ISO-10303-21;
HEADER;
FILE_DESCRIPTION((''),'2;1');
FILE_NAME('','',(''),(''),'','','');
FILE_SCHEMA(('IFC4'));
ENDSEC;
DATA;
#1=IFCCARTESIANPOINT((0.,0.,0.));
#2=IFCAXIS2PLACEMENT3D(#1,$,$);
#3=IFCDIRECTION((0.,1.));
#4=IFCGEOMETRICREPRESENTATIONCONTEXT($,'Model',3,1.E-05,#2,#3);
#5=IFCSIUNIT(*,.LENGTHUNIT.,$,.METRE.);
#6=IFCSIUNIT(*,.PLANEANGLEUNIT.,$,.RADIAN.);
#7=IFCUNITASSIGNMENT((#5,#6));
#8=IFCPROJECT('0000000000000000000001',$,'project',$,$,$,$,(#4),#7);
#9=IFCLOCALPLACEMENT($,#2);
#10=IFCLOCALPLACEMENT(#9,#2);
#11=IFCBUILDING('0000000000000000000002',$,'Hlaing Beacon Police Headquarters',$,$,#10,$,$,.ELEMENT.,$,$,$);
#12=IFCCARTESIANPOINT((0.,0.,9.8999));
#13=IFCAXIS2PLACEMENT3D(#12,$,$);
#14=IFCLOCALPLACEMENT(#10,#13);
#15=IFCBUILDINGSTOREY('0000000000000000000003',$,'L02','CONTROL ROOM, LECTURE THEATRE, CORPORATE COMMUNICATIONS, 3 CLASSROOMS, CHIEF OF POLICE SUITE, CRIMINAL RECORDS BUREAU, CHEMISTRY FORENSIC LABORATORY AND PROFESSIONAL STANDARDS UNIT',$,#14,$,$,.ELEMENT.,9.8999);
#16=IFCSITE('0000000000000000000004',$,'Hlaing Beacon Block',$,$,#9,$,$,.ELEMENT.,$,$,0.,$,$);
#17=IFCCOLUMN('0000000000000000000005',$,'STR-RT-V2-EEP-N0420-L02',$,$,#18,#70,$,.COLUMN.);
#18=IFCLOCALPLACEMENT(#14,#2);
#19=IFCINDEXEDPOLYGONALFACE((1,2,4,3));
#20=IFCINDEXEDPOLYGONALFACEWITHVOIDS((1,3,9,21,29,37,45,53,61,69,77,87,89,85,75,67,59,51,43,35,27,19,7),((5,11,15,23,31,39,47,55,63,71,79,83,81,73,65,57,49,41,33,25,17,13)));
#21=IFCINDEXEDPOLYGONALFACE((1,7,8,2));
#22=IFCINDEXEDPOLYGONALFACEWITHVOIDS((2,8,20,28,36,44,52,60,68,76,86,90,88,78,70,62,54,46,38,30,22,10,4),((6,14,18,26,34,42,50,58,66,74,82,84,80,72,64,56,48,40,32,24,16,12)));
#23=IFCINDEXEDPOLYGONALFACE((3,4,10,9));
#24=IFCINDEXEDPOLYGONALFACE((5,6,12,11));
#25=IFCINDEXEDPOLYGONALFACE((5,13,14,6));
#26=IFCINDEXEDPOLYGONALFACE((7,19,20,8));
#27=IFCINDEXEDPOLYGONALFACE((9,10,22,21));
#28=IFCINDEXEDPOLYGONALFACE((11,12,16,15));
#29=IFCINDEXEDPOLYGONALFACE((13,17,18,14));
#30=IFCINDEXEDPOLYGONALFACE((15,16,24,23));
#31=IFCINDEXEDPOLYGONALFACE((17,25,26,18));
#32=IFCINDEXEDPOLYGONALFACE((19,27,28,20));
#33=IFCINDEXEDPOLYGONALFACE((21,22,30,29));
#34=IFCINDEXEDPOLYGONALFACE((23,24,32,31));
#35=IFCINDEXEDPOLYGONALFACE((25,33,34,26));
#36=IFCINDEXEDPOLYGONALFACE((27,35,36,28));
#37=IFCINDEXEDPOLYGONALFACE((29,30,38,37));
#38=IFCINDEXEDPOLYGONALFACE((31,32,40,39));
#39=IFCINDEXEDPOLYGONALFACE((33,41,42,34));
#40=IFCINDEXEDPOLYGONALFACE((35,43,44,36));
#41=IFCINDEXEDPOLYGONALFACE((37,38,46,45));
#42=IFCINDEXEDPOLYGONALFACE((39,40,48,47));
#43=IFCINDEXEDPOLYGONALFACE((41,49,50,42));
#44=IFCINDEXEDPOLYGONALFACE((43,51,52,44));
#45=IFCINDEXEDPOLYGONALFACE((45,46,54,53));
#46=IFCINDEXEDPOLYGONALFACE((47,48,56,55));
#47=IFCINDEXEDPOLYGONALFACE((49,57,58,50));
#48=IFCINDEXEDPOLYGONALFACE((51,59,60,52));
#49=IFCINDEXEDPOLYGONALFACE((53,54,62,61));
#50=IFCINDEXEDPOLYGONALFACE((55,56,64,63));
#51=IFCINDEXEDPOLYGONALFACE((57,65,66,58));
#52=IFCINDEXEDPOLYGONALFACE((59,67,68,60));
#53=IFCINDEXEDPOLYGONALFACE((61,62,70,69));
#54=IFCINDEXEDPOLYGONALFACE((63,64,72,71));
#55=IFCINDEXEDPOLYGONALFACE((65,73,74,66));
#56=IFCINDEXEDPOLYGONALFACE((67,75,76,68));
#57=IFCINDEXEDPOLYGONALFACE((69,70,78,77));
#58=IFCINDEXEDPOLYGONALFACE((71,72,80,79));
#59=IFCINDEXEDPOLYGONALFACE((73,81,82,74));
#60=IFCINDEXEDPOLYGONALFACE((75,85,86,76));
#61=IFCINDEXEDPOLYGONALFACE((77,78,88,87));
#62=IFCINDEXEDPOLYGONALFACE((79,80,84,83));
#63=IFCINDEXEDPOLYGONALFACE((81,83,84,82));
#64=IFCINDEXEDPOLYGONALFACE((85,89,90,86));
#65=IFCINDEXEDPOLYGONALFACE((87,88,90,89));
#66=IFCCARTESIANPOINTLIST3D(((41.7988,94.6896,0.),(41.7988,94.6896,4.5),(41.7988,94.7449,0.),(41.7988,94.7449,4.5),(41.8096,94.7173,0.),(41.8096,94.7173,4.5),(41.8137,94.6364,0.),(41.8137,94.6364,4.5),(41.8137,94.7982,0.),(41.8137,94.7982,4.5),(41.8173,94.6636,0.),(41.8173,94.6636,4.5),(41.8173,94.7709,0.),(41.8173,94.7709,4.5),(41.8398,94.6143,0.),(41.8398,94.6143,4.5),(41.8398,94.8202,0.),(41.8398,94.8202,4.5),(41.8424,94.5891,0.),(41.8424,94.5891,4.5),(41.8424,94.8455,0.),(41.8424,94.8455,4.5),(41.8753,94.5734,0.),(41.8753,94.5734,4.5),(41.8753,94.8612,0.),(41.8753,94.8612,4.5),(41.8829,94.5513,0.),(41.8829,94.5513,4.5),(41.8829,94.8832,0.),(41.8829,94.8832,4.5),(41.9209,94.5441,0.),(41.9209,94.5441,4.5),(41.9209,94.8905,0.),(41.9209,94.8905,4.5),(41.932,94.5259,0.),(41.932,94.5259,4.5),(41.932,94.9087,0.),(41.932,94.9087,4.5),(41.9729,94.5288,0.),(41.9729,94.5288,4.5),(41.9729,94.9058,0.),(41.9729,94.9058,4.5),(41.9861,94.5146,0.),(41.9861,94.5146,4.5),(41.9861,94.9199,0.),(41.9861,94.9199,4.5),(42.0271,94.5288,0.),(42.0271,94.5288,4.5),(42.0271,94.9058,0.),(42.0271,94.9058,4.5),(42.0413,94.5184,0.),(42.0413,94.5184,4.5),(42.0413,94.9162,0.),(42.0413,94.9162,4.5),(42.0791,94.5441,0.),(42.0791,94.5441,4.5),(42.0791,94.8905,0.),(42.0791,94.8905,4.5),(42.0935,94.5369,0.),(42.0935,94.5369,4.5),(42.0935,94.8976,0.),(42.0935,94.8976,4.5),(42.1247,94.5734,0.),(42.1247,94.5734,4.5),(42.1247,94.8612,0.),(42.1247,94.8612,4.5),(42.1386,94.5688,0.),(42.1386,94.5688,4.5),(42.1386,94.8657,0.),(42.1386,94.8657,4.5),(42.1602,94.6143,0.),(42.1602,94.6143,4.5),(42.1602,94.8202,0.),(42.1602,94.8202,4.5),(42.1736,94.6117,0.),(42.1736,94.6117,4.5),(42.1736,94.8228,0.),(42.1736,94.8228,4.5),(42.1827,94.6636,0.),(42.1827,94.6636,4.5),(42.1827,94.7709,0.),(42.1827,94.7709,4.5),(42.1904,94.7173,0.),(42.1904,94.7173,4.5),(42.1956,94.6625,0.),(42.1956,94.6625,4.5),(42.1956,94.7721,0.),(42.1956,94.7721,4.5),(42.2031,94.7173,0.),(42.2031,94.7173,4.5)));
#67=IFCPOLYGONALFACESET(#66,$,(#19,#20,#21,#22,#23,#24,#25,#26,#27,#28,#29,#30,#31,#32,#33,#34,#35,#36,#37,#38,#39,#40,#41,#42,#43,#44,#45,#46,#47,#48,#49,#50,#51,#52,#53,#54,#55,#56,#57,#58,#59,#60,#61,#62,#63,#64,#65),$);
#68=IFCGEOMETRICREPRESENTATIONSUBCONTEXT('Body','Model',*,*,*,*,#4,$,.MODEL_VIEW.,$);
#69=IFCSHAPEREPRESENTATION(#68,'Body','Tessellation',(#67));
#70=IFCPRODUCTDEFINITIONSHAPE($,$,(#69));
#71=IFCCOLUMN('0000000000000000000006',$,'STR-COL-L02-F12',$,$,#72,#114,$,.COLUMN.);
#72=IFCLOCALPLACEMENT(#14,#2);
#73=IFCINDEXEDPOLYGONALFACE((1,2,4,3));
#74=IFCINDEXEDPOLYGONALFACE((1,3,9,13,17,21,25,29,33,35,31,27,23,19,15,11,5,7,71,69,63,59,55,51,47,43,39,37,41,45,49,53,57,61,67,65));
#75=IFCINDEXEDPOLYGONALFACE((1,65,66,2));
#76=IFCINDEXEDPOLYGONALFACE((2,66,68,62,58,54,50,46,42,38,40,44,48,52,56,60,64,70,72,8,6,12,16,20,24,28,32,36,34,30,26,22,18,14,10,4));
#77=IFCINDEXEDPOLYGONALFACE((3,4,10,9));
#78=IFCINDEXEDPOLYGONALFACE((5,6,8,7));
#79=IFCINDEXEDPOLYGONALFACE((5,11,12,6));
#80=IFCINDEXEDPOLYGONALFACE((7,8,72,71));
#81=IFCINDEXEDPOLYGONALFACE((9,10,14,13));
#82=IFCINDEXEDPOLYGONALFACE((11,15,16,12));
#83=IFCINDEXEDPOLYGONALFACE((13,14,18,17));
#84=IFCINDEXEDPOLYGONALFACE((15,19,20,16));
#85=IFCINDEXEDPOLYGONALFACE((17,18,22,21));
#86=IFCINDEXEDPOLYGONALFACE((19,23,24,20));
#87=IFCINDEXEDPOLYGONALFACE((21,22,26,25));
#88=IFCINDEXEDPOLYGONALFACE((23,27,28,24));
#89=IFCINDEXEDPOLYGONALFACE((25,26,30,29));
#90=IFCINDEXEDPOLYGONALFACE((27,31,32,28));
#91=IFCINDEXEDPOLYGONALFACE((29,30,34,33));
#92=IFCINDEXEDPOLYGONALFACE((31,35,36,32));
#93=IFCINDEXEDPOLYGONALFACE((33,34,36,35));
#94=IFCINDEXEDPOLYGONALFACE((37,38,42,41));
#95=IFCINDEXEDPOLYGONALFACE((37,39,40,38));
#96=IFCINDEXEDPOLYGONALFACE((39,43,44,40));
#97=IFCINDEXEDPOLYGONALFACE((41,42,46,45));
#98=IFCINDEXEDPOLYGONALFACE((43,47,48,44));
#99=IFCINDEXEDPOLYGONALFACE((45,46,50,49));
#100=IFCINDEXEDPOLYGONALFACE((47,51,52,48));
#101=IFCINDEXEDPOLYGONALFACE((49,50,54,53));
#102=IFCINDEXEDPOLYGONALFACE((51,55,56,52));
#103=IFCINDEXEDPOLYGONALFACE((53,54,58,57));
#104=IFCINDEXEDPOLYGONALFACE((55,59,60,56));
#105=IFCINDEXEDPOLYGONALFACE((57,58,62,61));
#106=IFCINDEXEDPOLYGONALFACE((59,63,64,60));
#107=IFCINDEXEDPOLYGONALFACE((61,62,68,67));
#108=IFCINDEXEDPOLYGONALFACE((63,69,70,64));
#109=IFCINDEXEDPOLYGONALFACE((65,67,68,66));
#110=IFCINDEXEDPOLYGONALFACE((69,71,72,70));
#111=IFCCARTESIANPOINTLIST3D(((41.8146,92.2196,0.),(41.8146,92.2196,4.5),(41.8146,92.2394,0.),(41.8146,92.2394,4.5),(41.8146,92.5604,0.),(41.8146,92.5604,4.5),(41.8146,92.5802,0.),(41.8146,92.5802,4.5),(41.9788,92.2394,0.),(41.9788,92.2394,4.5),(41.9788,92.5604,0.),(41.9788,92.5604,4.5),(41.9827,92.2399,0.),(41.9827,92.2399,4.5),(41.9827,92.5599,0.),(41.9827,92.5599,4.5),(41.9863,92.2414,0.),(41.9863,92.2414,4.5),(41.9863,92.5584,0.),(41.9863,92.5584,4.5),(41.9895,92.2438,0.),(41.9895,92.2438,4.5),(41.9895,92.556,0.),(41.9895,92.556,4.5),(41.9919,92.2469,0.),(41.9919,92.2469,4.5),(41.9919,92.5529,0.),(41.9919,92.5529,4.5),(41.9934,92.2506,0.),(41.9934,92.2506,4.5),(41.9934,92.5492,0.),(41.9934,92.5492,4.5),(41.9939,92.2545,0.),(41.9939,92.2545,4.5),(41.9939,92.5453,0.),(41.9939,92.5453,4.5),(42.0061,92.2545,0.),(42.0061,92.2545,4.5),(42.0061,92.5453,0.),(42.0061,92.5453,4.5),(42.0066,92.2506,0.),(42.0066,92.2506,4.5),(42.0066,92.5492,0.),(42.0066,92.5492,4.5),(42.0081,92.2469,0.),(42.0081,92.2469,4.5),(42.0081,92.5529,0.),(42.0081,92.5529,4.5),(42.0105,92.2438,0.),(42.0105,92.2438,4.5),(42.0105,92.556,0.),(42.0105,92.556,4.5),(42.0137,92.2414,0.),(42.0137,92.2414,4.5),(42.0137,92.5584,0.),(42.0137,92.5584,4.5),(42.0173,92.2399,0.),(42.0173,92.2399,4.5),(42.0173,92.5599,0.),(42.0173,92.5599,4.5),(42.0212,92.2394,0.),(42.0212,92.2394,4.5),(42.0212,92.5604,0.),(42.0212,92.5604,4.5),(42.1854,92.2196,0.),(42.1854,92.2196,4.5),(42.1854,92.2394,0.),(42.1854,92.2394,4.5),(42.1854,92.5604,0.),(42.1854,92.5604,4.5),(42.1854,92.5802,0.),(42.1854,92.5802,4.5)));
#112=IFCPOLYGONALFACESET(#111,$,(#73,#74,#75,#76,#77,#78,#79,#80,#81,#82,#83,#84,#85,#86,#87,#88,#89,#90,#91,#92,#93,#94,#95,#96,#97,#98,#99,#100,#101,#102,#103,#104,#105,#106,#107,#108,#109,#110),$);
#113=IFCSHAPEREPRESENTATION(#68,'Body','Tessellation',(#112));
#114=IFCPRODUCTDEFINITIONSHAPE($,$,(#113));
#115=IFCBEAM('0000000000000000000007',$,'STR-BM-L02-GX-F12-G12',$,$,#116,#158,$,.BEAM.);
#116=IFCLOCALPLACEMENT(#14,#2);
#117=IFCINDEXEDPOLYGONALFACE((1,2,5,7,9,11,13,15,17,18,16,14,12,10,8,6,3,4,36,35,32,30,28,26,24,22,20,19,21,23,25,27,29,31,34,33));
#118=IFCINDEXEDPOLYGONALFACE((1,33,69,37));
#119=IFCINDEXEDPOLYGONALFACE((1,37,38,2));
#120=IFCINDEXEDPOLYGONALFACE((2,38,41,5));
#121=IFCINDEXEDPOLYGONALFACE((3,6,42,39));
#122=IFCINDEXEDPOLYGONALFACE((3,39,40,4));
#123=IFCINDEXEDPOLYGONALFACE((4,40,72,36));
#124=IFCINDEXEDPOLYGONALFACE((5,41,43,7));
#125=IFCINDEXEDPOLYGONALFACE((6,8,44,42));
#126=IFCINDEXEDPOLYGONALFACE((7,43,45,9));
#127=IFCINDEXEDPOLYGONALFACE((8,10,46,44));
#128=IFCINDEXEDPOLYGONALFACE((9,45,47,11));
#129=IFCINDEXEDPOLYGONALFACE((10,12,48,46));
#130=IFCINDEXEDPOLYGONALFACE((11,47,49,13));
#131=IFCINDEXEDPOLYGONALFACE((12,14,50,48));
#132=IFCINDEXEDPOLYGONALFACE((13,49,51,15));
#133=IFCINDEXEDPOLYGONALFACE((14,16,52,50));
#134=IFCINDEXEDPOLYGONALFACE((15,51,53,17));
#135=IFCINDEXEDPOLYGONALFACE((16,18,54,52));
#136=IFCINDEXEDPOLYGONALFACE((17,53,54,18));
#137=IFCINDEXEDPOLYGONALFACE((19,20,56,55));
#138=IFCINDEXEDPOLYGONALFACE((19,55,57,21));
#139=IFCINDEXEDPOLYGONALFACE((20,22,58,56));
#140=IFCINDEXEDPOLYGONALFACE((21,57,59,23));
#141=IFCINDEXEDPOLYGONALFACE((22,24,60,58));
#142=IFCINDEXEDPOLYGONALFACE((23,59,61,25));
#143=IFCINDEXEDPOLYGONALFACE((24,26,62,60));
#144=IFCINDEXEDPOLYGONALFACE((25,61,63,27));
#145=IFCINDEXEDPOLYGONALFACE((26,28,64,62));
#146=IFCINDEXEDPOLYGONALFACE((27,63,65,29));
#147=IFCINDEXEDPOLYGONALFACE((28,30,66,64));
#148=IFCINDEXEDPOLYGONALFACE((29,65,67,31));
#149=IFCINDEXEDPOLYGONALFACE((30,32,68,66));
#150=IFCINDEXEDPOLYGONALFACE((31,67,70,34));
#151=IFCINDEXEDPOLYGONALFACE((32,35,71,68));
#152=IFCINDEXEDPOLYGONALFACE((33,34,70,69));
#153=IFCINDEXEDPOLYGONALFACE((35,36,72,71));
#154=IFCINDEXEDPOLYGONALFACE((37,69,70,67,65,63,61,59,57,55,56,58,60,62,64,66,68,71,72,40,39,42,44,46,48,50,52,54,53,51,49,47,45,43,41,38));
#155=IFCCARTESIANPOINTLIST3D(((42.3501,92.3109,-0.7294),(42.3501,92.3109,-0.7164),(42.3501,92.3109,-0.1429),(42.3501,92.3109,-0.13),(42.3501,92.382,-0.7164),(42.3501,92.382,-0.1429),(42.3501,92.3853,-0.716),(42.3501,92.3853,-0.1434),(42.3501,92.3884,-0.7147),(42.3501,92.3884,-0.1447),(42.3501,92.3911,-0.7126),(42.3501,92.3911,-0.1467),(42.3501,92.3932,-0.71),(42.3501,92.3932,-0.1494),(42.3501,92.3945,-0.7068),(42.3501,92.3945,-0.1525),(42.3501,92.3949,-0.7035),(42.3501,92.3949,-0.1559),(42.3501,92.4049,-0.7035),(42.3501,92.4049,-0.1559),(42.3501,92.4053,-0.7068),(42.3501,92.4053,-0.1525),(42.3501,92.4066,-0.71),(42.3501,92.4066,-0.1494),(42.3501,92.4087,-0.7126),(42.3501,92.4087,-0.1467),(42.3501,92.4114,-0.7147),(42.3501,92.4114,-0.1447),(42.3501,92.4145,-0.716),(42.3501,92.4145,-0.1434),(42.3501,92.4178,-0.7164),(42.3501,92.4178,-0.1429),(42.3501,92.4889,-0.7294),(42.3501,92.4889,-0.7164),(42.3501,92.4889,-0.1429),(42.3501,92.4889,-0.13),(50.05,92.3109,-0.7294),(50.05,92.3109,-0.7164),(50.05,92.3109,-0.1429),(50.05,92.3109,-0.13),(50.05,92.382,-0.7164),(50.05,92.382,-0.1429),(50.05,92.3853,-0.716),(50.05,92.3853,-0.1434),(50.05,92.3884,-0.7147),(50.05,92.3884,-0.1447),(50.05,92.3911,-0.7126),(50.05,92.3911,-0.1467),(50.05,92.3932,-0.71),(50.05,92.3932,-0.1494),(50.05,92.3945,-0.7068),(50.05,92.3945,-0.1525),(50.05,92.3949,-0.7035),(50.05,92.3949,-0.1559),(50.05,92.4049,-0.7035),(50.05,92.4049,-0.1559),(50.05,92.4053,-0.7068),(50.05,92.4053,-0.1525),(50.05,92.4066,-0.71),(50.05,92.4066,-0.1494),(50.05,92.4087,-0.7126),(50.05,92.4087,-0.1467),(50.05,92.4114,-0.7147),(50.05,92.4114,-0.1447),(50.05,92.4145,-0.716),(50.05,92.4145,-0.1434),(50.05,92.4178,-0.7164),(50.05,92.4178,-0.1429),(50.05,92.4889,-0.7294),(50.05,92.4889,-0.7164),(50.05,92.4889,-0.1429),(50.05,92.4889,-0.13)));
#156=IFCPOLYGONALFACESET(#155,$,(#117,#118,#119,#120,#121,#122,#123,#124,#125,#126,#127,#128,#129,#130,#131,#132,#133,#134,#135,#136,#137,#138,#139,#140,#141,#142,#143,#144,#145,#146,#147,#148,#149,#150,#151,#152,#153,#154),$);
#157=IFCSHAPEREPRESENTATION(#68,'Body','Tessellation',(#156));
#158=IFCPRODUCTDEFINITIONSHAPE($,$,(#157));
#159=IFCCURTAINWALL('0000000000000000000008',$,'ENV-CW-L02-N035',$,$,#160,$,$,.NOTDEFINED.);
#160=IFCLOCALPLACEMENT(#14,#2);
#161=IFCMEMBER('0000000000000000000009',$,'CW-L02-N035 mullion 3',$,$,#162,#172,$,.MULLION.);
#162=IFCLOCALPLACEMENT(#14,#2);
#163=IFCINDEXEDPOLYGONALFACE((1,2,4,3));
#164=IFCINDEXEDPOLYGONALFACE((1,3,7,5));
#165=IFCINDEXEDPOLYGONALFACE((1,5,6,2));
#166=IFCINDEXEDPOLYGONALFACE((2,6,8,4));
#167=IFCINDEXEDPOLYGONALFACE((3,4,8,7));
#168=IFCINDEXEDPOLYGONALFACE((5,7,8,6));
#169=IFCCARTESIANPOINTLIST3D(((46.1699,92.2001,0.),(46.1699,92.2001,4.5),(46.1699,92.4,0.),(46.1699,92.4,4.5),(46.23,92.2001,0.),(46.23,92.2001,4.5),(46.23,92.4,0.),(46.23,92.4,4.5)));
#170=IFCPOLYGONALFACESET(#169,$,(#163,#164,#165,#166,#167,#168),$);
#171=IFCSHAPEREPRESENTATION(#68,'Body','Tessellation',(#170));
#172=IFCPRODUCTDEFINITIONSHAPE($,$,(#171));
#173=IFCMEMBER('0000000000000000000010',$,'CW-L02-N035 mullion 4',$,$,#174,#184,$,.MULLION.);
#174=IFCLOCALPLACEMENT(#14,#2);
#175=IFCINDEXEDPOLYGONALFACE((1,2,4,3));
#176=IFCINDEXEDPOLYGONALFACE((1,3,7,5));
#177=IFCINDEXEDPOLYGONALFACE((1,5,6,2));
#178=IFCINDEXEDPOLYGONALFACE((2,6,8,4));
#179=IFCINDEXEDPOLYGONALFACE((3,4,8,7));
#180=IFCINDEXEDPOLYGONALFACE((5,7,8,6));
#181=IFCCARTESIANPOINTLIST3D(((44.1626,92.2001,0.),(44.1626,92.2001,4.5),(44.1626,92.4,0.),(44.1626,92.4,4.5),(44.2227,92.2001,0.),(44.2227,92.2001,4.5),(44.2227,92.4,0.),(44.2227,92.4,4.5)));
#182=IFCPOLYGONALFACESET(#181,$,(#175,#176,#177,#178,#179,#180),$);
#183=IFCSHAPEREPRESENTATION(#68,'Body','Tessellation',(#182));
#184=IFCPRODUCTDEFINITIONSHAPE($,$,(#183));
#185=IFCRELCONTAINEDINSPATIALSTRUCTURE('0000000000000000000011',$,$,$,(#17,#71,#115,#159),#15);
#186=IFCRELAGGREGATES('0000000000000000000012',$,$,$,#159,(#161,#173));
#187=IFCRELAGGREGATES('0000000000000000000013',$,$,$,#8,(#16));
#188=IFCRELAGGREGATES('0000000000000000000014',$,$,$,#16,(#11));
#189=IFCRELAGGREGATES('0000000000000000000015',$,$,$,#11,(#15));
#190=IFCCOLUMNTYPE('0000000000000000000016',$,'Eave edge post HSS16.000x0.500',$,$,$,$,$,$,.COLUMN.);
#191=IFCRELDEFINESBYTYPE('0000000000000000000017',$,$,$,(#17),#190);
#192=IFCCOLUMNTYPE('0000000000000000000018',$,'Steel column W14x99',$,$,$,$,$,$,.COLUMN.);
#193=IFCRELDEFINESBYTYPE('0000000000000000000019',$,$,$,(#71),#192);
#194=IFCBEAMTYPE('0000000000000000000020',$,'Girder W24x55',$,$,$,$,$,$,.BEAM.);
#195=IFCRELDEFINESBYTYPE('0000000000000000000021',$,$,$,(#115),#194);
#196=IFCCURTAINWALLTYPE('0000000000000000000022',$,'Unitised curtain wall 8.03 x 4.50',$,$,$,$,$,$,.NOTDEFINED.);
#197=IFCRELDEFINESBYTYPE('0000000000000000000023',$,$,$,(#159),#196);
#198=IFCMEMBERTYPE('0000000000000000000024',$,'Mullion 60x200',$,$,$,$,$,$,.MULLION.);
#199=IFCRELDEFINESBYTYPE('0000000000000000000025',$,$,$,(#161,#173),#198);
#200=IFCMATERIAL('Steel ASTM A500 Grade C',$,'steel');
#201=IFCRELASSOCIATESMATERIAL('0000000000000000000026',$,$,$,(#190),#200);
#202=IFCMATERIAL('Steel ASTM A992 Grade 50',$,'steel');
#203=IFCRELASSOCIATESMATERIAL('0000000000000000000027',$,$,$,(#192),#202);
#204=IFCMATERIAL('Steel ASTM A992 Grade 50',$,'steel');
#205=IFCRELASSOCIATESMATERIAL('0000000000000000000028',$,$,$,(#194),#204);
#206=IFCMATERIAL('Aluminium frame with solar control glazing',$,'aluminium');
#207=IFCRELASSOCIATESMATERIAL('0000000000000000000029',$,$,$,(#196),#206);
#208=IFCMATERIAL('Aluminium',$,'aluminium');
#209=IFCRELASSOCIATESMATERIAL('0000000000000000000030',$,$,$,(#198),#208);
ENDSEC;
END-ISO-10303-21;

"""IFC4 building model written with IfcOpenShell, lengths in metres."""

from ifc_helpers import new_model, si_unit, direction, frame, origin, origin_2d, place, context, subcontext, project, spatial, rectangle, hollow_circle, i_section, extrude, material, material_profile, profile_set, type_object, element, aggregate, save


model = new_model("IFC4")

# Units and contexts
model_context = context("Model", 3, precision=1e-05, world=origin(), true_north=direction((0.0, 1.0)))
body_context = subcontext(model_context, "Body", "Model", "MODEL_VIEW")
ifc_project = project(units=[si_unit("LENGTHUNIT", "METRE"), si_unit("PLANEANGLEUNIT", "RADIAN")], contexts=[model_context])

# Site, building, storey
site_placement = place(None, origin())
site = spatial("IfcSite", under=ifc_project, at=site_placement, Name="Hlaing Beacon Block", CompositionType="ELEMENT", RefElevation=0.0)
building_placement = place(site_placement, origin())
building = spatial("IfcBuilding", under=site, at=building_placement, Name="Hlaing Beacon Police Headquarters", CompositionType="ELEMENT")
storey_placement = place(building_placement, frame((0.0, 0.0, 9.8999)))
storey = spatial("IfcBuildingStorey", under=building, at=storey_placement, Name="L02", Description="CONTROL ROOM, LECTURE THEATRE, CORPORATE COMMUNICATIONS, 3 CLASSROOMS, CHIEF OF POLICE SUITE, CRIMINAL RECORDS BUREAU, CHEMISTRY FORENSIC LABORATORY AND PROFESSIONAL STANDARDS UNIT", CompositionType="ELEMENT", Elevation=9.8999)

# Columns
ifc_material_1 = material(Name="Steel ASTM A500 Grade C", Category="steel")
ifc_material_profile_1 = material_profile(ifc_material_1, hollow_circle(Radius=0.2031, WallThickness=0.0127, at=origin_2d()), Name="HSS16.000x0.500")
ifc_profile_set_1 = profile_set([ifc_material_profile_1], Name="Steel ASTM A500 Grade C")
column_type_1 = type_object("IfcColumnType", Name="Eave edge post HSS16.000x0.500", PredefinedType="COLUMN", material=ifc_profile_set_1)
column_1_placement = place(storey_placement, frame((42.0, 94.7173, 0.0), z_axis=(0.0, 0.0, 1.0), x_axis=(1.0, 0.0, 0.0)))
element("IfcColumn", 1, at=column_1_placement, inside=storey, type_object=column_type_1, Name="STR-RT-V2-EEP-N0420-L02", PredefinedType="COLUMN", context=body_context, shape_type="SweptSolid", body=[
    extrude(hollow_circle(Radius=0.2031, WallThickness=0.0127, at=origin_2d()), origin(), (0.0, 0.0, 1.0), 4.5),
])
ifc_material_2 = material(Name="Steel ASTM A992 Grade 50", Category="steel")
ifc_material_profile_2 = material_profile(ifc_material_2, i_section(OverallWidth=0.3708, OverallDepth=0.3606, WebThickness=0.0122, FlangeThickness=0.0198, FilletRadius=0.0151, at=origin_2d()), Name="W14x99")
ifc_profile_set_2 = profile_set([ifc_material_profile_2], Name="Steel ASTM A992 Grade 50")
column_type_2 = type_object("IfcColumnType", Name="Steel column W14x99", PredefinedType="COLUMN", material=ifc_profile_set_2)
column_2_placement = place(storey_placement, frame((42.0, 92.3999, 0.0), z_axis=(0.0, 0.0, 1.0), x_axis=(1.0, 0.0, 0.0)))
element("IfcColumn", 2, at=column_2_placement, inside=storey, type_object=column_type_2, Name="STR-COL-L02-F12", PredefinedType="COLUMN", context=body_context, shape_type="SweptSolid", body=[
    extrude(i_section(OverallWidth=0.3708, OverallDepth=0.3606, WebThickness=0.0122, FlangeThickness=0.0198, FilletRadius=0.0151, at=origin_2d()), origin(), (0.0, 0.0, 1.0), 4.5),
])

# Beam
ifc_material_3 = material(Name="Steel ASTM A992 Grade 50", Category="steel")
ifc_material_profile_3 = material_profile(ifc_material_3, i_section(OverallWidth=0.178, OverallDepth=0.5994, WebThickness=0.01, FlangeThickness=0.0129, FilletRadius=0.0129, at=origin_2d()), Name="W24x55")
ifc_profile_set_3 = profile_set([ifc_material_profile_3], Name="Steel ASTM A992 Grade 50")
beam_type = type_object("IfcBeamType", Name="Girder W24x55", PredefinedType="BEAM", material=ifc_profile_set_3)
beam_placement = place(storey_placement, frame((42.3501, 92.3999, -0.4297), z_axis=(1.0, 0.0, 0.0), x_axis=(0.0, 1.0, 0.0)))
element("IfcBeam", 3, at=beam_placement, inside=storey, type_object=beam_type, Name="STR-BM-L02-GX-F12-G12", PredefinedType="BEAM", context=body_context, shape_type="SweptSolid", body=[
    extrude(i_section(OverallWidth=0.178, OverallDepth=0.5994, WebThickness=0.01, FlangeThickness=0.0129, FilletRadius=0.0129, at=origin_2d()), origin(), (0.0, 0.0, 1.0), 7.7),
])

# Curtain wall, members
ifc_material_4 = material(Name="Aluminium frame with solar control glazing", Category="aluminium")
curtain_wall_type = type_object("IfcCurtainWallType", Name="Unitised curtain wall 8.03 x 4.50", PredefinedType="NOTDEFINED", material=ifc_material_4)
curtain_wall_placement = place(storey_placement, origin())
curtain_wall = element("IfcCurtainWall", 4, at=curtain_wall_placement, inside=storey, type_object=curtain_wall_type, Name="ENV-CW-L02-N035", PredefinedType="NOTDEFINED")
ifc_material_5 = material(Name="Aluminium", Category="aluminium")
ifc_material_profile_4 = material_profile(ifc_material_5, rectangle(XDim=0.2, YDim=0.0601, at=origin_2d()), Name="Mullion 60x200")
ifc_profile_set_4 = profile_set([ifc_material_profile_4], Name="Aluminium")
member_type_1 = type_object("IfcMemberType", Name="Mullion 60x200", PredefinedType="MULLION", material=ifc_profile_set_4)
member_1_placement = place(storey_placement, frame((46.2, 92.3, 0.0), z_axis=(0.0, 0.0, 1.0), x_axis=(0.0, -1.0, 0.0)))
member_1 = element("IfcMember", 5, at=member_1_placement, type_object=member_type_1, Name="CW-L02-N035 mullion 3", PredefinedType="MULLION", context=body_context, shape_type="SweptSolid", body=[
    extrude(rectangle(XDim=0.2, YDim=0.0601, at=origin_2d()), origin(), (0.0, 0.0, 1.0), 4.5),
])
member_2_placement = place(storey_placement, frame((44.1926, 92.3, 0.0), z_axis=(0.0, 0.0, 1.0), x_axis=(0.0, -1.0, 0.0)))
member_2 = element("IfcMember", 6, at=member_2_placement, type_object=member_type_1, Name="CW-L02-N035 mullion 4", PredefinedType="MULLION", context=body_context, shape_type="SweptSolid", body=[
    extrude(rectangle(XDim=0.2, YDim=0.0601, at=origin_2d()), origin(), (0.0, 0.0, 1.0), 4.5),
])
aggregate(curtain_wall, [member_1, member_2])

save(model, "model.ifc")
